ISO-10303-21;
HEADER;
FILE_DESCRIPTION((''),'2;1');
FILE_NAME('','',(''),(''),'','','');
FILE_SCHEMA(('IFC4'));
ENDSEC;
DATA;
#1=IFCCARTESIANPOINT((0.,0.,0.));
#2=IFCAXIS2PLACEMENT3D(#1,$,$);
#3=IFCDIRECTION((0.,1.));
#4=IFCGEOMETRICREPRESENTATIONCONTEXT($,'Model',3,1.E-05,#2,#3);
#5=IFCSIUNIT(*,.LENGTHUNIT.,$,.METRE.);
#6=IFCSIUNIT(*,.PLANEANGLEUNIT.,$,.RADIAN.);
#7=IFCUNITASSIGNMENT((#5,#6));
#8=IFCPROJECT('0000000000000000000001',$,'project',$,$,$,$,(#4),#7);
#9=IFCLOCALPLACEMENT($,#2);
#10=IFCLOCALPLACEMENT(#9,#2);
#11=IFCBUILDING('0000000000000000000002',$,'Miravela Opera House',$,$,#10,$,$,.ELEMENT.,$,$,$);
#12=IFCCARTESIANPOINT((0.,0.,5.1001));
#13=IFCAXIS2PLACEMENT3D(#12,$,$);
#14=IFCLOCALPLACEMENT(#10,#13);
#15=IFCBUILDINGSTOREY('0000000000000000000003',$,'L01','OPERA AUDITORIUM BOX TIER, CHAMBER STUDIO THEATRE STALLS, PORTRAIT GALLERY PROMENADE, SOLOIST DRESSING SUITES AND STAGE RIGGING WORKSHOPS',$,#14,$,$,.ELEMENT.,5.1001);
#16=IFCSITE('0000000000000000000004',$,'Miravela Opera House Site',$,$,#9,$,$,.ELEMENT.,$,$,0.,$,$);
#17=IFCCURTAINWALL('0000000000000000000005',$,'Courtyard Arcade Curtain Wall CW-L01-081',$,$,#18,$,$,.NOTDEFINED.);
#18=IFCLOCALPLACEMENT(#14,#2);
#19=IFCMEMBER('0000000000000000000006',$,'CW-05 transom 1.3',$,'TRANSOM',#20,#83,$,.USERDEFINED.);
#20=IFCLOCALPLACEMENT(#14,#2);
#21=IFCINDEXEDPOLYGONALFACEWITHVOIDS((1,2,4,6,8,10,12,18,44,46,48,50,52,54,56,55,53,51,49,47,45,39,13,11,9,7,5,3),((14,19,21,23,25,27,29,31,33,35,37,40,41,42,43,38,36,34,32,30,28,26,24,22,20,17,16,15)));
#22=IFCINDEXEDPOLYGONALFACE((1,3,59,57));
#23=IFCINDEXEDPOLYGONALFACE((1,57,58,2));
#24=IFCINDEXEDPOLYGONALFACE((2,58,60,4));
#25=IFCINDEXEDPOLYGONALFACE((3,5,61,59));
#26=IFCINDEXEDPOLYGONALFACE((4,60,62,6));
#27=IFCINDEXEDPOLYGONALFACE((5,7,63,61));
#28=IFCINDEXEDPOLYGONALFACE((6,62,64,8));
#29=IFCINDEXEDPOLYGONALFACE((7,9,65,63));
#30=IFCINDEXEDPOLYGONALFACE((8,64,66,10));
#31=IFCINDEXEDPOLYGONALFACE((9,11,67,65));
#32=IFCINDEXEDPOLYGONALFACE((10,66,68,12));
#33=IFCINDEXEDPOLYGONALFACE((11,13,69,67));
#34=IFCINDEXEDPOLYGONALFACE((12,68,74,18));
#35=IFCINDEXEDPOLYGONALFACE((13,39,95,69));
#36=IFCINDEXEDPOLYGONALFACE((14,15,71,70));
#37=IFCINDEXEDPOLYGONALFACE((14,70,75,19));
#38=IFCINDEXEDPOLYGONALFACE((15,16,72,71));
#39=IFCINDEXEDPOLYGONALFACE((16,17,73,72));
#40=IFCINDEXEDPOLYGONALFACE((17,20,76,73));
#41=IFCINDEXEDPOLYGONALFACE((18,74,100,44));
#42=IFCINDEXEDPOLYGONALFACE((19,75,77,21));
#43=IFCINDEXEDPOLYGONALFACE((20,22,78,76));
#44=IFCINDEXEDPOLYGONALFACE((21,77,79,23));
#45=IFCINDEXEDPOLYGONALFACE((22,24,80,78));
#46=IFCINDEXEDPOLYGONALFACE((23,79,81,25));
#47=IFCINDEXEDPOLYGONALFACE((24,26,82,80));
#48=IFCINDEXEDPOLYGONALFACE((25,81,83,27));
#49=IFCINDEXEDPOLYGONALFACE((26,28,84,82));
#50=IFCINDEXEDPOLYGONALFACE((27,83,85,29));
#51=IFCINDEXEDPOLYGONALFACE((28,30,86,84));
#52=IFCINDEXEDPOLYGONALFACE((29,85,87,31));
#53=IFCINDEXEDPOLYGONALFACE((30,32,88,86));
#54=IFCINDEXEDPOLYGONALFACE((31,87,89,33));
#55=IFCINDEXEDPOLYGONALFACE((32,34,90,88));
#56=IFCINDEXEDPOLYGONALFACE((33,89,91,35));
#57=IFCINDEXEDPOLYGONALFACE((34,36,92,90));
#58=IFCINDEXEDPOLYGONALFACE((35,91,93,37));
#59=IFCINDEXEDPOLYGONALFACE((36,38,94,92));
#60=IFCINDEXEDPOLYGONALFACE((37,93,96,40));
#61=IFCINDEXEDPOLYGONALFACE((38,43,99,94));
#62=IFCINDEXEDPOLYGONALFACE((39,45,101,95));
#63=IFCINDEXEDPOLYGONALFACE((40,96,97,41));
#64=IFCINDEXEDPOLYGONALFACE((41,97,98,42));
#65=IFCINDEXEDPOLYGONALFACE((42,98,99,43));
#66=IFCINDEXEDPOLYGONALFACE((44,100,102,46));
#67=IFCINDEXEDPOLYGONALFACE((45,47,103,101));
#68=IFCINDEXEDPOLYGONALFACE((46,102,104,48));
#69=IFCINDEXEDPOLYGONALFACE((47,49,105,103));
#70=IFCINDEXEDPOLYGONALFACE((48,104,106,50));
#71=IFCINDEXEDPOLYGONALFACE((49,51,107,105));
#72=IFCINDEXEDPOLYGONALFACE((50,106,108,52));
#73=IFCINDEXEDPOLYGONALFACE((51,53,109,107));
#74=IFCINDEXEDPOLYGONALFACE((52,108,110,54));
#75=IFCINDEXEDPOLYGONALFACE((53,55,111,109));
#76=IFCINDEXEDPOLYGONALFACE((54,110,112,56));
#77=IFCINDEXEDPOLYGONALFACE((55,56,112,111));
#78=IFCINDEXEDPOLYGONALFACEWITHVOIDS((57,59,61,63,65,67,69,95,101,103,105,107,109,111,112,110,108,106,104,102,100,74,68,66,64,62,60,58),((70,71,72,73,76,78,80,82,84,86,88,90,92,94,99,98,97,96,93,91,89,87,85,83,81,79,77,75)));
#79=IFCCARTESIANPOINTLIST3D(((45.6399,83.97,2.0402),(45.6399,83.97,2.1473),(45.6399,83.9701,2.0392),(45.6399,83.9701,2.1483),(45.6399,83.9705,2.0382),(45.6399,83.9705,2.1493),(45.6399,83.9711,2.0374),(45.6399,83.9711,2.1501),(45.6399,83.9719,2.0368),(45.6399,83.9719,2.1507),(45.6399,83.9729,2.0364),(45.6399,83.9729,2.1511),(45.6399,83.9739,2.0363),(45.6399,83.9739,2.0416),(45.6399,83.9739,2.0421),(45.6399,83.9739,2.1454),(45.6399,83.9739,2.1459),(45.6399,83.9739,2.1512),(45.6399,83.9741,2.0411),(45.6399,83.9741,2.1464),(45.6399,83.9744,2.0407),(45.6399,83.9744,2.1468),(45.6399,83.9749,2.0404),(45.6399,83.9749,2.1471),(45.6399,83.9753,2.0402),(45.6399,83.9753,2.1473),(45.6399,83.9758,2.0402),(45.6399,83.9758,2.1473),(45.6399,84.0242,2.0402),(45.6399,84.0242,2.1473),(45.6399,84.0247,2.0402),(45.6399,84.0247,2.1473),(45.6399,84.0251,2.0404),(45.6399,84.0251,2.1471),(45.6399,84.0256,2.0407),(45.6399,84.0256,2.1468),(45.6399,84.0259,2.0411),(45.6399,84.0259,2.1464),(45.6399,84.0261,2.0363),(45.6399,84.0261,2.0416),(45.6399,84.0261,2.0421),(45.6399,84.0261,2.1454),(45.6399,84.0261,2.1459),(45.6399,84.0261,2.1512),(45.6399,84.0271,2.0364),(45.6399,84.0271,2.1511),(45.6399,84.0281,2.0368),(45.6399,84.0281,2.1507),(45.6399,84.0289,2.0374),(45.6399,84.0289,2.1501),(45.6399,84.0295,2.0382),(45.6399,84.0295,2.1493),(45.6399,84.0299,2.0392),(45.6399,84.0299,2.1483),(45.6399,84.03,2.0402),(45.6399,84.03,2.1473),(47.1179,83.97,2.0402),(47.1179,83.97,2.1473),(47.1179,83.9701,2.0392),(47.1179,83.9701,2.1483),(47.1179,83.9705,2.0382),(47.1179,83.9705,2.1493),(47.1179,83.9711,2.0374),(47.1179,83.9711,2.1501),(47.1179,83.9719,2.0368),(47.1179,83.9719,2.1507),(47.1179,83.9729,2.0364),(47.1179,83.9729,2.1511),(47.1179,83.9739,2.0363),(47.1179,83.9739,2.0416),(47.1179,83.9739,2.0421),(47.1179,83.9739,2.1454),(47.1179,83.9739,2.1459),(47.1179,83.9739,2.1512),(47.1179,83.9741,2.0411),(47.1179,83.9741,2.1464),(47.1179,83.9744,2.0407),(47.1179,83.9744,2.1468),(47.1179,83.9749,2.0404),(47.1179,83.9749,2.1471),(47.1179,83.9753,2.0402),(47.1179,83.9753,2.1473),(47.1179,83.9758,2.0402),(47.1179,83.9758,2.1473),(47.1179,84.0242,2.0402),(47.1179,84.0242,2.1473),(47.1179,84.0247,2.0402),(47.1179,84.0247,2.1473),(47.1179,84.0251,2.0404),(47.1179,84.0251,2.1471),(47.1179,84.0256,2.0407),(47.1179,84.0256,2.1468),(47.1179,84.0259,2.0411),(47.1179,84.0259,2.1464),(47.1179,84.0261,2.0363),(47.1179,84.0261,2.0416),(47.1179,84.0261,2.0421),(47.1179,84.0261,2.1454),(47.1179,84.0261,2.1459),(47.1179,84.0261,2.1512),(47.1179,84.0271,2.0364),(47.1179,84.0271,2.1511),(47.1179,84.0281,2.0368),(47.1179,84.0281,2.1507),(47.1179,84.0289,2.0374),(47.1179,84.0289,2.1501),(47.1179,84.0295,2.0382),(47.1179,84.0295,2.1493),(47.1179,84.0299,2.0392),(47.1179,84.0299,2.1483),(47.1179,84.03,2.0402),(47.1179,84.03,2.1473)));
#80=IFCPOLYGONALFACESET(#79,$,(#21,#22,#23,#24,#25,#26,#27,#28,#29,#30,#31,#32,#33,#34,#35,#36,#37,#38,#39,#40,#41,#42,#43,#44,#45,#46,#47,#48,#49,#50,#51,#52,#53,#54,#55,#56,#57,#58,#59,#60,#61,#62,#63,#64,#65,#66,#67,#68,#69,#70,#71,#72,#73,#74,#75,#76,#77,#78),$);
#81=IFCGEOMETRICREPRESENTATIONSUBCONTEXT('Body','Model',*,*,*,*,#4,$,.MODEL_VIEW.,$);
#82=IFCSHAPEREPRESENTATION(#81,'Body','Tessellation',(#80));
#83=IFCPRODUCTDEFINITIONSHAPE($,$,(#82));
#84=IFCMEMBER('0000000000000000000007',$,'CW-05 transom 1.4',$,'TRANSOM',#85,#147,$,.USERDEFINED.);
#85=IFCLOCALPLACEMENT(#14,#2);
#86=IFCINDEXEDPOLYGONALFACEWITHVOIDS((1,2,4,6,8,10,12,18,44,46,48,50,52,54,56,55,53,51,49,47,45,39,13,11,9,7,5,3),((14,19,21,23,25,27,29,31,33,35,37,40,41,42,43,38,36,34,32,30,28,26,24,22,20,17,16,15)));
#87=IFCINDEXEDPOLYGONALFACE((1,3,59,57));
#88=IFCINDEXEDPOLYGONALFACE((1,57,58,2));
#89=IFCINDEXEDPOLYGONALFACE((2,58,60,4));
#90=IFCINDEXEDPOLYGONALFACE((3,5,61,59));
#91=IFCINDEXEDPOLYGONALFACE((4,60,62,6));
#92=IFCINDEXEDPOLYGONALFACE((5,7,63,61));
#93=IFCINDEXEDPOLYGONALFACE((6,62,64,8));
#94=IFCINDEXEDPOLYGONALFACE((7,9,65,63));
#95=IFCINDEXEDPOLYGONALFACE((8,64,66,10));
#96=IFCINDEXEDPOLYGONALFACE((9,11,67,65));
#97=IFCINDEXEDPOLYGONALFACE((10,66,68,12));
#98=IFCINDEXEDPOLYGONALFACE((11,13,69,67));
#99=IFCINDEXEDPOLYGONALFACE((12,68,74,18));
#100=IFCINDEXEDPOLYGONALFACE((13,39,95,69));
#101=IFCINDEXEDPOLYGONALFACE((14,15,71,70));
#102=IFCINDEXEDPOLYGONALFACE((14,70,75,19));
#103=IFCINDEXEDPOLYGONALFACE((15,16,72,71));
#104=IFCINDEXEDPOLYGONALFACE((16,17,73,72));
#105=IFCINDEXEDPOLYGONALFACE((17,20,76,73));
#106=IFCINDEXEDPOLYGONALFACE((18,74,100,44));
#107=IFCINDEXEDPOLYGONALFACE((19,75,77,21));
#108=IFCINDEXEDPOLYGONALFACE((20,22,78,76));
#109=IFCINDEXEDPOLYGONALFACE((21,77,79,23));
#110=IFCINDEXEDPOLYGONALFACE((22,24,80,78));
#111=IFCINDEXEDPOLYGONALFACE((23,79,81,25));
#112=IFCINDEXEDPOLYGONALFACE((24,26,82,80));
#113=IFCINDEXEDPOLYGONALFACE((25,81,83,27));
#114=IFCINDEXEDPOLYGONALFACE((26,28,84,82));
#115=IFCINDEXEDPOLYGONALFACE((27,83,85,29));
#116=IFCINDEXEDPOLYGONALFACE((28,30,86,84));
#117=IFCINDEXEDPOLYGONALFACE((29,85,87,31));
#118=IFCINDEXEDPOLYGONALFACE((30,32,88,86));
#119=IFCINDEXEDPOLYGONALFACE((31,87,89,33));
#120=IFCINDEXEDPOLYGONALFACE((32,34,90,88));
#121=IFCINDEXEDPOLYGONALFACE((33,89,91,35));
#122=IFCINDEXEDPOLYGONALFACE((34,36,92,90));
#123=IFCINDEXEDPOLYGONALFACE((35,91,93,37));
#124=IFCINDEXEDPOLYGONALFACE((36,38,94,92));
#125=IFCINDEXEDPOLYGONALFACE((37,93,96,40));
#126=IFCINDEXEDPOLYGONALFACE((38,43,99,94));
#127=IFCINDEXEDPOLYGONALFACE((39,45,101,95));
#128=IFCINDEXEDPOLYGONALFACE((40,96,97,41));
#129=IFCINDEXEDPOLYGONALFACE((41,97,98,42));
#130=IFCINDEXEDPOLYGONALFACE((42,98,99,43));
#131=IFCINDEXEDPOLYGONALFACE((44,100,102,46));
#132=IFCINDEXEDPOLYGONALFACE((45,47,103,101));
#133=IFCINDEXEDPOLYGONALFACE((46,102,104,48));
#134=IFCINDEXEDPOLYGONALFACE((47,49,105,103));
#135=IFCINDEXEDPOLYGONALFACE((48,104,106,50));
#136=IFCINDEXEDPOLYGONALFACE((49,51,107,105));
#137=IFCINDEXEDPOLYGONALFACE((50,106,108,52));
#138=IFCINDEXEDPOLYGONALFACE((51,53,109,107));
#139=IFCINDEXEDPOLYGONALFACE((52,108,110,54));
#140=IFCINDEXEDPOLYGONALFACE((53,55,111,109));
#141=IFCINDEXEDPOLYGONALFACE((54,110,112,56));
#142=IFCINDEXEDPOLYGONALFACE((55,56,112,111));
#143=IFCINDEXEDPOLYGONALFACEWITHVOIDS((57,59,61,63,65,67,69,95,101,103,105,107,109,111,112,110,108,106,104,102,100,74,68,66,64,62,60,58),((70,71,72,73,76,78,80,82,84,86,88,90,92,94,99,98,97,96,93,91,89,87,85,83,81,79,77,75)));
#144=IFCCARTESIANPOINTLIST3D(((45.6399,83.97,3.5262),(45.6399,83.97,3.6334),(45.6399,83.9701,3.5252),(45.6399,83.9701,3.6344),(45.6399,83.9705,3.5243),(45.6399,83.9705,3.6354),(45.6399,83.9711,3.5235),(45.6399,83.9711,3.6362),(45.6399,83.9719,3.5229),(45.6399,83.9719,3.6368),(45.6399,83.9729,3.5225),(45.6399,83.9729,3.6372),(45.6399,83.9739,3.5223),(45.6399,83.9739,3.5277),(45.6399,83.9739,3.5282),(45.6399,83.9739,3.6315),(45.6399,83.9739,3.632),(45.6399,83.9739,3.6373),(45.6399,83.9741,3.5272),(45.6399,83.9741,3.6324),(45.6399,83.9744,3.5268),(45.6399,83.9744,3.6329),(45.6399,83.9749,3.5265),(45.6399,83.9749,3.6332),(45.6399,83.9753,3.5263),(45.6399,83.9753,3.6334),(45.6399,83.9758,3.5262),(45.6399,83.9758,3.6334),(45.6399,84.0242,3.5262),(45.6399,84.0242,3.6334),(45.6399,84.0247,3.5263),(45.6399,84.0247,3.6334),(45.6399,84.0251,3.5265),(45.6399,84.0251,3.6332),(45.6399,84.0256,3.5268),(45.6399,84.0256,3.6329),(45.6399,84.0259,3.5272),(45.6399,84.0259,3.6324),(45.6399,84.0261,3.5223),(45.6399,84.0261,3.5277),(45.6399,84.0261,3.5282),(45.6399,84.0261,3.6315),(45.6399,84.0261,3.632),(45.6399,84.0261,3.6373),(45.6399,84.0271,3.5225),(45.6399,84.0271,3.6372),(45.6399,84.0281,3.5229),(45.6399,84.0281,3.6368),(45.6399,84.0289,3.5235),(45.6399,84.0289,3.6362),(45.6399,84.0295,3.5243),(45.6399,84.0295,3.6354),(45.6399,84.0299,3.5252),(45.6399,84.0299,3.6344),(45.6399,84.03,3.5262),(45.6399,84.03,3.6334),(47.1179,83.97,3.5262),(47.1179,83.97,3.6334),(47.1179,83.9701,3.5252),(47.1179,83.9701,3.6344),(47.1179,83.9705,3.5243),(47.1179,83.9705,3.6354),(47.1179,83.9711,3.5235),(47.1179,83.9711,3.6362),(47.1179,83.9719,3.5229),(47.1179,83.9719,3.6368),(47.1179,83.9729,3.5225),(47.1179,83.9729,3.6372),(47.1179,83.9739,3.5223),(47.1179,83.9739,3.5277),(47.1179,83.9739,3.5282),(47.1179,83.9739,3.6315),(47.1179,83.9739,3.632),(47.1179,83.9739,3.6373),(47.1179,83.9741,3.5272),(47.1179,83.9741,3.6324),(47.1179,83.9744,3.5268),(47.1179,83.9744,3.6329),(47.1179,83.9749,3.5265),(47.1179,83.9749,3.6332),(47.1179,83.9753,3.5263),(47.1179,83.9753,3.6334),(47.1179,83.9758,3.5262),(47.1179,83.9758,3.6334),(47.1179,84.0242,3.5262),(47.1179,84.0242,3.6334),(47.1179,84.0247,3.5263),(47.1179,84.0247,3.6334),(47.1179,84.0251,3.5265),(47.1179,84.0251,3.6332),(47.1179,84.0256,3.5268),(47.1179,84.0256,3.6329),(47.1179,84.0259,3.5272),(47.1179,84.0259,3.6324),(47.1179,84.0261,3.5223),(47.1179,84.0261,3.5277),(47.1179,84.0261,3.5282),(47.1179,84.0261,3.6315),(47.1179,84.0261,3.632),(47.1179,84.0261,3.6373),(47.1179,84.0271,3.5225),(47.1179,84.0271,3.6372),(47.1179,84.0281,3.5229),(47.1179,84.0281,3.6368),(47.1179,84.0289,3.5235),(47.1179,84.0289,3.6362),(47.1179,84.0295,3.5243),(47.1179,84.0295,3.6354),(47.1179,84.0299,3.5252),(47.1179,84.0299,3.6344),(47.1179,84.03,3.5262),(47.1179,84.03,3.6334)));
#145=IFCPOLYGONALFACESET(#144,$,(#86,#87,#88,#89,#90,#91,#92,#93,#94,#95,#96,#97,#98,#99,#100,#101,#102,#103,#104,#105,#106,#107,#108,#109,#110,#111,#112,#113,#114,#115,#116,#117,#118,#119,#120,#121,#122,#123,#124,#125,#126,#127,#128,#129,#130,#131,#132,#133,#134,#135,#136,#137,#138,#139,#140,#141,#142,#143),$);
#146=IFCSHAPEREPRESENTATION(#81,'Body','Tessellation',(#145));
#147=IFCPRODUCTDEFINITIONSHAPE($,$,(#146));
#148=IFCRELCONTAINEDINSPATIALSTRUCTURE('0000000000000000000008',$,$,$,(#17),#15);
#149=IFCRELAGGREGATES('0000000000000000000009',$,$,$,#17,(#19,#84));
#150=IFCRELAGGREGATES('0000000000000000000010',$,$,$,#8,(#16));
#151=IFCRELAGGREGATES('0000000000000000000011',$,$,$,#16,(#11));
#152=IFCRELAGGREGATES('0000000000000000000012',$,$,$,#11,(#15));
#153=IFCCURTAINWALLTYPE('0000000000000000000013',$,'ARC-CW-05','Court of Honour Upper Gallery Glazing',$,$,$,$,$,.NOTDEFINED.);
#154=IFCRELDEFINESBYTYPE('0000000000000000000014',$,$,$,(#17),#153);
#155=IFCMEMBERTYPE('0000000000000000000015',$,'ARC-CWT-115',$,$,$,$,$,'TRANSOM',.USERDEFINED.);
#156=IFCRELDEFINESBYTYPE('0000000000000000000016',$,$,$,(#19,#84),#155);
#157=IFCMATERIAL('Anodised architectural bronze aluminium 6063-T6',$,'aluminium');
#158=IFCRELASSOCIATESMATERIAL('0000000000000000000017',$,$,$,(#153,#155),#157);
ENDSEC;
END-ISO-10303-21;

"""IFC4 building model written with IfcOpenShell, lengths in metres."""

from ifc_helpers import new_model, si_unit, direction, frame, origin, origin_2d, place, context, subcontext, project, spatial, hollow_rectangle, extrude, material, material_profile, profile_set, type_object, element, aggregate, save


model = new_model("IFC4")

# Units and contexts
model_context = context("Model", 3, precision=1e-05, world=origin(), true_north=direction((0.0, 1.0)))
body_context = subcontext(model_context, "Body", "Model", "MODEL_VIEW")
ifc_project = project(units=[si_unit("LENGTHUNIT", "METRE"), si_unit("PLANEANGLEUNIT", "RADIAN")], contexts=[model_context])

# Site, building, storey
site_placement = place(None, origin())
site = spatial("IfcSite", under=ifc_project, at=site_placement, Name="Miravela Opera House Site", CompositionType="ELEMENT", RefElevation=0.0)
building_placement = place(site_placement, origin())
building = spatial("IfcBuilding", under=site, at=building_placement, Name="Miravela Opera House", CompositionType="ELEMENT")
storey_placement = place(building_placement, frame((0.0, 0.0, 5.1001)))
storey = spatial("IfcBuildingStorey", under=building, at=storey_placement, Name="L01", Description="OPERA AUDITORIUM BOX TIER, CHAMBER STUDIO THEATRE STALLS, PORTRAIT GALLERY PROMENADE, SOLOIST DRESSING SUITES AND STAGE RIGGING WORKSHOPS", CompositionType="ELEMENT", Elevation=5.1001)

# Shared definitions
ifc_material_1 = material(Name="Anodised architectural bronze aluminium 6063-T6", Category="aluminium")
curtain_wall_type = type_object("IfcCurtainWallType", Name="ARC-CW-05", Description="Court of Honour Upper Gallery Glazing", PredefinedType="NOTDEFINED", material=ifc_material_1)

# Curtain wall, members
curtain_wall_1_placement = place(storey_placement, origin())
curtain_wall_1 = element("IfcCurtainWall", 1, at=curtain_wall_1_placement, inside=storey, type_object=curtain_wall_type, Name="Courtyard Arcade Curtain Wall CW-L01-081", PredefinedType="NOTDEFINED")
ifc_material_profile_1 = material_profile(ifc_material_1, hollow_rectangle(XDim=0.0601, YDim=0.115, WallThickness=0.0039, InnerFilletRadius=0.002, OuterFilletRadius=0.0039, at=origin_2d()), Name="CWT-60X115")
ifc_profile_set_1 = profile_set([ifc_material_profile_1])
member_type_1 = type_object("IfcMemberType", Name="ARC-CWT-115", ElementType="TRANSOM", PredefinedType="USERDEFINED", material=ifc_profile_set_1)
member_1_placement = place(storey_placement, frame((45.6399, 84.0, 2.0938), z_axis=(1.0, 0.0, 0.0), x_axis=(0.0, 1.0, 0.0)))
member_1 = element("IfcMember", 2, at=member_1_placement, type_object=member_type_1, Name="CW-05 transom 1.3", ObjectType="TRANSOM", PredefinedType="USERDEFINED", context=body_context, shape_type="SweptSolid", body=[
    extrude(hollow_rectangle(XDim=0.0601, YDim=0.115, WallThickness=0.0039, InnerFilletRadius=0.002, OuterFilletRadius=0.0039, at=origin_2d()), origin(), (0.0, 0.0, 1.0), 1.478),
])
member_2_placement = place(storey_placement, frame((45.6399, 84.0, 3.5798), z_axis=(1.0, 0.0, 0.0), x_axis=(0.0, 1.0, 0.0)))
member_2 = element("IfcMember", 3, at=member_2_placement, type_object=member_type_1, Name="CW-05 transom 1.4", ObjectType="TRANSOM", PredefinedType="USERDEFINED", context=body_context, shape_type="SweptSolid", body=[
    extrude(hollow_rectangle(XDim=0.0601, YDim=0.115, WallThickness=0.0039, InnerFilletRadius=0.002, OuterFilletRadius=0.0039, at=origin_2d()), origin(), (0.0, 0.0, 1.0), 1.478),
])

aggregate(curtain_wall_1, [member_1, member_2])

save(model, "model.ifc")
